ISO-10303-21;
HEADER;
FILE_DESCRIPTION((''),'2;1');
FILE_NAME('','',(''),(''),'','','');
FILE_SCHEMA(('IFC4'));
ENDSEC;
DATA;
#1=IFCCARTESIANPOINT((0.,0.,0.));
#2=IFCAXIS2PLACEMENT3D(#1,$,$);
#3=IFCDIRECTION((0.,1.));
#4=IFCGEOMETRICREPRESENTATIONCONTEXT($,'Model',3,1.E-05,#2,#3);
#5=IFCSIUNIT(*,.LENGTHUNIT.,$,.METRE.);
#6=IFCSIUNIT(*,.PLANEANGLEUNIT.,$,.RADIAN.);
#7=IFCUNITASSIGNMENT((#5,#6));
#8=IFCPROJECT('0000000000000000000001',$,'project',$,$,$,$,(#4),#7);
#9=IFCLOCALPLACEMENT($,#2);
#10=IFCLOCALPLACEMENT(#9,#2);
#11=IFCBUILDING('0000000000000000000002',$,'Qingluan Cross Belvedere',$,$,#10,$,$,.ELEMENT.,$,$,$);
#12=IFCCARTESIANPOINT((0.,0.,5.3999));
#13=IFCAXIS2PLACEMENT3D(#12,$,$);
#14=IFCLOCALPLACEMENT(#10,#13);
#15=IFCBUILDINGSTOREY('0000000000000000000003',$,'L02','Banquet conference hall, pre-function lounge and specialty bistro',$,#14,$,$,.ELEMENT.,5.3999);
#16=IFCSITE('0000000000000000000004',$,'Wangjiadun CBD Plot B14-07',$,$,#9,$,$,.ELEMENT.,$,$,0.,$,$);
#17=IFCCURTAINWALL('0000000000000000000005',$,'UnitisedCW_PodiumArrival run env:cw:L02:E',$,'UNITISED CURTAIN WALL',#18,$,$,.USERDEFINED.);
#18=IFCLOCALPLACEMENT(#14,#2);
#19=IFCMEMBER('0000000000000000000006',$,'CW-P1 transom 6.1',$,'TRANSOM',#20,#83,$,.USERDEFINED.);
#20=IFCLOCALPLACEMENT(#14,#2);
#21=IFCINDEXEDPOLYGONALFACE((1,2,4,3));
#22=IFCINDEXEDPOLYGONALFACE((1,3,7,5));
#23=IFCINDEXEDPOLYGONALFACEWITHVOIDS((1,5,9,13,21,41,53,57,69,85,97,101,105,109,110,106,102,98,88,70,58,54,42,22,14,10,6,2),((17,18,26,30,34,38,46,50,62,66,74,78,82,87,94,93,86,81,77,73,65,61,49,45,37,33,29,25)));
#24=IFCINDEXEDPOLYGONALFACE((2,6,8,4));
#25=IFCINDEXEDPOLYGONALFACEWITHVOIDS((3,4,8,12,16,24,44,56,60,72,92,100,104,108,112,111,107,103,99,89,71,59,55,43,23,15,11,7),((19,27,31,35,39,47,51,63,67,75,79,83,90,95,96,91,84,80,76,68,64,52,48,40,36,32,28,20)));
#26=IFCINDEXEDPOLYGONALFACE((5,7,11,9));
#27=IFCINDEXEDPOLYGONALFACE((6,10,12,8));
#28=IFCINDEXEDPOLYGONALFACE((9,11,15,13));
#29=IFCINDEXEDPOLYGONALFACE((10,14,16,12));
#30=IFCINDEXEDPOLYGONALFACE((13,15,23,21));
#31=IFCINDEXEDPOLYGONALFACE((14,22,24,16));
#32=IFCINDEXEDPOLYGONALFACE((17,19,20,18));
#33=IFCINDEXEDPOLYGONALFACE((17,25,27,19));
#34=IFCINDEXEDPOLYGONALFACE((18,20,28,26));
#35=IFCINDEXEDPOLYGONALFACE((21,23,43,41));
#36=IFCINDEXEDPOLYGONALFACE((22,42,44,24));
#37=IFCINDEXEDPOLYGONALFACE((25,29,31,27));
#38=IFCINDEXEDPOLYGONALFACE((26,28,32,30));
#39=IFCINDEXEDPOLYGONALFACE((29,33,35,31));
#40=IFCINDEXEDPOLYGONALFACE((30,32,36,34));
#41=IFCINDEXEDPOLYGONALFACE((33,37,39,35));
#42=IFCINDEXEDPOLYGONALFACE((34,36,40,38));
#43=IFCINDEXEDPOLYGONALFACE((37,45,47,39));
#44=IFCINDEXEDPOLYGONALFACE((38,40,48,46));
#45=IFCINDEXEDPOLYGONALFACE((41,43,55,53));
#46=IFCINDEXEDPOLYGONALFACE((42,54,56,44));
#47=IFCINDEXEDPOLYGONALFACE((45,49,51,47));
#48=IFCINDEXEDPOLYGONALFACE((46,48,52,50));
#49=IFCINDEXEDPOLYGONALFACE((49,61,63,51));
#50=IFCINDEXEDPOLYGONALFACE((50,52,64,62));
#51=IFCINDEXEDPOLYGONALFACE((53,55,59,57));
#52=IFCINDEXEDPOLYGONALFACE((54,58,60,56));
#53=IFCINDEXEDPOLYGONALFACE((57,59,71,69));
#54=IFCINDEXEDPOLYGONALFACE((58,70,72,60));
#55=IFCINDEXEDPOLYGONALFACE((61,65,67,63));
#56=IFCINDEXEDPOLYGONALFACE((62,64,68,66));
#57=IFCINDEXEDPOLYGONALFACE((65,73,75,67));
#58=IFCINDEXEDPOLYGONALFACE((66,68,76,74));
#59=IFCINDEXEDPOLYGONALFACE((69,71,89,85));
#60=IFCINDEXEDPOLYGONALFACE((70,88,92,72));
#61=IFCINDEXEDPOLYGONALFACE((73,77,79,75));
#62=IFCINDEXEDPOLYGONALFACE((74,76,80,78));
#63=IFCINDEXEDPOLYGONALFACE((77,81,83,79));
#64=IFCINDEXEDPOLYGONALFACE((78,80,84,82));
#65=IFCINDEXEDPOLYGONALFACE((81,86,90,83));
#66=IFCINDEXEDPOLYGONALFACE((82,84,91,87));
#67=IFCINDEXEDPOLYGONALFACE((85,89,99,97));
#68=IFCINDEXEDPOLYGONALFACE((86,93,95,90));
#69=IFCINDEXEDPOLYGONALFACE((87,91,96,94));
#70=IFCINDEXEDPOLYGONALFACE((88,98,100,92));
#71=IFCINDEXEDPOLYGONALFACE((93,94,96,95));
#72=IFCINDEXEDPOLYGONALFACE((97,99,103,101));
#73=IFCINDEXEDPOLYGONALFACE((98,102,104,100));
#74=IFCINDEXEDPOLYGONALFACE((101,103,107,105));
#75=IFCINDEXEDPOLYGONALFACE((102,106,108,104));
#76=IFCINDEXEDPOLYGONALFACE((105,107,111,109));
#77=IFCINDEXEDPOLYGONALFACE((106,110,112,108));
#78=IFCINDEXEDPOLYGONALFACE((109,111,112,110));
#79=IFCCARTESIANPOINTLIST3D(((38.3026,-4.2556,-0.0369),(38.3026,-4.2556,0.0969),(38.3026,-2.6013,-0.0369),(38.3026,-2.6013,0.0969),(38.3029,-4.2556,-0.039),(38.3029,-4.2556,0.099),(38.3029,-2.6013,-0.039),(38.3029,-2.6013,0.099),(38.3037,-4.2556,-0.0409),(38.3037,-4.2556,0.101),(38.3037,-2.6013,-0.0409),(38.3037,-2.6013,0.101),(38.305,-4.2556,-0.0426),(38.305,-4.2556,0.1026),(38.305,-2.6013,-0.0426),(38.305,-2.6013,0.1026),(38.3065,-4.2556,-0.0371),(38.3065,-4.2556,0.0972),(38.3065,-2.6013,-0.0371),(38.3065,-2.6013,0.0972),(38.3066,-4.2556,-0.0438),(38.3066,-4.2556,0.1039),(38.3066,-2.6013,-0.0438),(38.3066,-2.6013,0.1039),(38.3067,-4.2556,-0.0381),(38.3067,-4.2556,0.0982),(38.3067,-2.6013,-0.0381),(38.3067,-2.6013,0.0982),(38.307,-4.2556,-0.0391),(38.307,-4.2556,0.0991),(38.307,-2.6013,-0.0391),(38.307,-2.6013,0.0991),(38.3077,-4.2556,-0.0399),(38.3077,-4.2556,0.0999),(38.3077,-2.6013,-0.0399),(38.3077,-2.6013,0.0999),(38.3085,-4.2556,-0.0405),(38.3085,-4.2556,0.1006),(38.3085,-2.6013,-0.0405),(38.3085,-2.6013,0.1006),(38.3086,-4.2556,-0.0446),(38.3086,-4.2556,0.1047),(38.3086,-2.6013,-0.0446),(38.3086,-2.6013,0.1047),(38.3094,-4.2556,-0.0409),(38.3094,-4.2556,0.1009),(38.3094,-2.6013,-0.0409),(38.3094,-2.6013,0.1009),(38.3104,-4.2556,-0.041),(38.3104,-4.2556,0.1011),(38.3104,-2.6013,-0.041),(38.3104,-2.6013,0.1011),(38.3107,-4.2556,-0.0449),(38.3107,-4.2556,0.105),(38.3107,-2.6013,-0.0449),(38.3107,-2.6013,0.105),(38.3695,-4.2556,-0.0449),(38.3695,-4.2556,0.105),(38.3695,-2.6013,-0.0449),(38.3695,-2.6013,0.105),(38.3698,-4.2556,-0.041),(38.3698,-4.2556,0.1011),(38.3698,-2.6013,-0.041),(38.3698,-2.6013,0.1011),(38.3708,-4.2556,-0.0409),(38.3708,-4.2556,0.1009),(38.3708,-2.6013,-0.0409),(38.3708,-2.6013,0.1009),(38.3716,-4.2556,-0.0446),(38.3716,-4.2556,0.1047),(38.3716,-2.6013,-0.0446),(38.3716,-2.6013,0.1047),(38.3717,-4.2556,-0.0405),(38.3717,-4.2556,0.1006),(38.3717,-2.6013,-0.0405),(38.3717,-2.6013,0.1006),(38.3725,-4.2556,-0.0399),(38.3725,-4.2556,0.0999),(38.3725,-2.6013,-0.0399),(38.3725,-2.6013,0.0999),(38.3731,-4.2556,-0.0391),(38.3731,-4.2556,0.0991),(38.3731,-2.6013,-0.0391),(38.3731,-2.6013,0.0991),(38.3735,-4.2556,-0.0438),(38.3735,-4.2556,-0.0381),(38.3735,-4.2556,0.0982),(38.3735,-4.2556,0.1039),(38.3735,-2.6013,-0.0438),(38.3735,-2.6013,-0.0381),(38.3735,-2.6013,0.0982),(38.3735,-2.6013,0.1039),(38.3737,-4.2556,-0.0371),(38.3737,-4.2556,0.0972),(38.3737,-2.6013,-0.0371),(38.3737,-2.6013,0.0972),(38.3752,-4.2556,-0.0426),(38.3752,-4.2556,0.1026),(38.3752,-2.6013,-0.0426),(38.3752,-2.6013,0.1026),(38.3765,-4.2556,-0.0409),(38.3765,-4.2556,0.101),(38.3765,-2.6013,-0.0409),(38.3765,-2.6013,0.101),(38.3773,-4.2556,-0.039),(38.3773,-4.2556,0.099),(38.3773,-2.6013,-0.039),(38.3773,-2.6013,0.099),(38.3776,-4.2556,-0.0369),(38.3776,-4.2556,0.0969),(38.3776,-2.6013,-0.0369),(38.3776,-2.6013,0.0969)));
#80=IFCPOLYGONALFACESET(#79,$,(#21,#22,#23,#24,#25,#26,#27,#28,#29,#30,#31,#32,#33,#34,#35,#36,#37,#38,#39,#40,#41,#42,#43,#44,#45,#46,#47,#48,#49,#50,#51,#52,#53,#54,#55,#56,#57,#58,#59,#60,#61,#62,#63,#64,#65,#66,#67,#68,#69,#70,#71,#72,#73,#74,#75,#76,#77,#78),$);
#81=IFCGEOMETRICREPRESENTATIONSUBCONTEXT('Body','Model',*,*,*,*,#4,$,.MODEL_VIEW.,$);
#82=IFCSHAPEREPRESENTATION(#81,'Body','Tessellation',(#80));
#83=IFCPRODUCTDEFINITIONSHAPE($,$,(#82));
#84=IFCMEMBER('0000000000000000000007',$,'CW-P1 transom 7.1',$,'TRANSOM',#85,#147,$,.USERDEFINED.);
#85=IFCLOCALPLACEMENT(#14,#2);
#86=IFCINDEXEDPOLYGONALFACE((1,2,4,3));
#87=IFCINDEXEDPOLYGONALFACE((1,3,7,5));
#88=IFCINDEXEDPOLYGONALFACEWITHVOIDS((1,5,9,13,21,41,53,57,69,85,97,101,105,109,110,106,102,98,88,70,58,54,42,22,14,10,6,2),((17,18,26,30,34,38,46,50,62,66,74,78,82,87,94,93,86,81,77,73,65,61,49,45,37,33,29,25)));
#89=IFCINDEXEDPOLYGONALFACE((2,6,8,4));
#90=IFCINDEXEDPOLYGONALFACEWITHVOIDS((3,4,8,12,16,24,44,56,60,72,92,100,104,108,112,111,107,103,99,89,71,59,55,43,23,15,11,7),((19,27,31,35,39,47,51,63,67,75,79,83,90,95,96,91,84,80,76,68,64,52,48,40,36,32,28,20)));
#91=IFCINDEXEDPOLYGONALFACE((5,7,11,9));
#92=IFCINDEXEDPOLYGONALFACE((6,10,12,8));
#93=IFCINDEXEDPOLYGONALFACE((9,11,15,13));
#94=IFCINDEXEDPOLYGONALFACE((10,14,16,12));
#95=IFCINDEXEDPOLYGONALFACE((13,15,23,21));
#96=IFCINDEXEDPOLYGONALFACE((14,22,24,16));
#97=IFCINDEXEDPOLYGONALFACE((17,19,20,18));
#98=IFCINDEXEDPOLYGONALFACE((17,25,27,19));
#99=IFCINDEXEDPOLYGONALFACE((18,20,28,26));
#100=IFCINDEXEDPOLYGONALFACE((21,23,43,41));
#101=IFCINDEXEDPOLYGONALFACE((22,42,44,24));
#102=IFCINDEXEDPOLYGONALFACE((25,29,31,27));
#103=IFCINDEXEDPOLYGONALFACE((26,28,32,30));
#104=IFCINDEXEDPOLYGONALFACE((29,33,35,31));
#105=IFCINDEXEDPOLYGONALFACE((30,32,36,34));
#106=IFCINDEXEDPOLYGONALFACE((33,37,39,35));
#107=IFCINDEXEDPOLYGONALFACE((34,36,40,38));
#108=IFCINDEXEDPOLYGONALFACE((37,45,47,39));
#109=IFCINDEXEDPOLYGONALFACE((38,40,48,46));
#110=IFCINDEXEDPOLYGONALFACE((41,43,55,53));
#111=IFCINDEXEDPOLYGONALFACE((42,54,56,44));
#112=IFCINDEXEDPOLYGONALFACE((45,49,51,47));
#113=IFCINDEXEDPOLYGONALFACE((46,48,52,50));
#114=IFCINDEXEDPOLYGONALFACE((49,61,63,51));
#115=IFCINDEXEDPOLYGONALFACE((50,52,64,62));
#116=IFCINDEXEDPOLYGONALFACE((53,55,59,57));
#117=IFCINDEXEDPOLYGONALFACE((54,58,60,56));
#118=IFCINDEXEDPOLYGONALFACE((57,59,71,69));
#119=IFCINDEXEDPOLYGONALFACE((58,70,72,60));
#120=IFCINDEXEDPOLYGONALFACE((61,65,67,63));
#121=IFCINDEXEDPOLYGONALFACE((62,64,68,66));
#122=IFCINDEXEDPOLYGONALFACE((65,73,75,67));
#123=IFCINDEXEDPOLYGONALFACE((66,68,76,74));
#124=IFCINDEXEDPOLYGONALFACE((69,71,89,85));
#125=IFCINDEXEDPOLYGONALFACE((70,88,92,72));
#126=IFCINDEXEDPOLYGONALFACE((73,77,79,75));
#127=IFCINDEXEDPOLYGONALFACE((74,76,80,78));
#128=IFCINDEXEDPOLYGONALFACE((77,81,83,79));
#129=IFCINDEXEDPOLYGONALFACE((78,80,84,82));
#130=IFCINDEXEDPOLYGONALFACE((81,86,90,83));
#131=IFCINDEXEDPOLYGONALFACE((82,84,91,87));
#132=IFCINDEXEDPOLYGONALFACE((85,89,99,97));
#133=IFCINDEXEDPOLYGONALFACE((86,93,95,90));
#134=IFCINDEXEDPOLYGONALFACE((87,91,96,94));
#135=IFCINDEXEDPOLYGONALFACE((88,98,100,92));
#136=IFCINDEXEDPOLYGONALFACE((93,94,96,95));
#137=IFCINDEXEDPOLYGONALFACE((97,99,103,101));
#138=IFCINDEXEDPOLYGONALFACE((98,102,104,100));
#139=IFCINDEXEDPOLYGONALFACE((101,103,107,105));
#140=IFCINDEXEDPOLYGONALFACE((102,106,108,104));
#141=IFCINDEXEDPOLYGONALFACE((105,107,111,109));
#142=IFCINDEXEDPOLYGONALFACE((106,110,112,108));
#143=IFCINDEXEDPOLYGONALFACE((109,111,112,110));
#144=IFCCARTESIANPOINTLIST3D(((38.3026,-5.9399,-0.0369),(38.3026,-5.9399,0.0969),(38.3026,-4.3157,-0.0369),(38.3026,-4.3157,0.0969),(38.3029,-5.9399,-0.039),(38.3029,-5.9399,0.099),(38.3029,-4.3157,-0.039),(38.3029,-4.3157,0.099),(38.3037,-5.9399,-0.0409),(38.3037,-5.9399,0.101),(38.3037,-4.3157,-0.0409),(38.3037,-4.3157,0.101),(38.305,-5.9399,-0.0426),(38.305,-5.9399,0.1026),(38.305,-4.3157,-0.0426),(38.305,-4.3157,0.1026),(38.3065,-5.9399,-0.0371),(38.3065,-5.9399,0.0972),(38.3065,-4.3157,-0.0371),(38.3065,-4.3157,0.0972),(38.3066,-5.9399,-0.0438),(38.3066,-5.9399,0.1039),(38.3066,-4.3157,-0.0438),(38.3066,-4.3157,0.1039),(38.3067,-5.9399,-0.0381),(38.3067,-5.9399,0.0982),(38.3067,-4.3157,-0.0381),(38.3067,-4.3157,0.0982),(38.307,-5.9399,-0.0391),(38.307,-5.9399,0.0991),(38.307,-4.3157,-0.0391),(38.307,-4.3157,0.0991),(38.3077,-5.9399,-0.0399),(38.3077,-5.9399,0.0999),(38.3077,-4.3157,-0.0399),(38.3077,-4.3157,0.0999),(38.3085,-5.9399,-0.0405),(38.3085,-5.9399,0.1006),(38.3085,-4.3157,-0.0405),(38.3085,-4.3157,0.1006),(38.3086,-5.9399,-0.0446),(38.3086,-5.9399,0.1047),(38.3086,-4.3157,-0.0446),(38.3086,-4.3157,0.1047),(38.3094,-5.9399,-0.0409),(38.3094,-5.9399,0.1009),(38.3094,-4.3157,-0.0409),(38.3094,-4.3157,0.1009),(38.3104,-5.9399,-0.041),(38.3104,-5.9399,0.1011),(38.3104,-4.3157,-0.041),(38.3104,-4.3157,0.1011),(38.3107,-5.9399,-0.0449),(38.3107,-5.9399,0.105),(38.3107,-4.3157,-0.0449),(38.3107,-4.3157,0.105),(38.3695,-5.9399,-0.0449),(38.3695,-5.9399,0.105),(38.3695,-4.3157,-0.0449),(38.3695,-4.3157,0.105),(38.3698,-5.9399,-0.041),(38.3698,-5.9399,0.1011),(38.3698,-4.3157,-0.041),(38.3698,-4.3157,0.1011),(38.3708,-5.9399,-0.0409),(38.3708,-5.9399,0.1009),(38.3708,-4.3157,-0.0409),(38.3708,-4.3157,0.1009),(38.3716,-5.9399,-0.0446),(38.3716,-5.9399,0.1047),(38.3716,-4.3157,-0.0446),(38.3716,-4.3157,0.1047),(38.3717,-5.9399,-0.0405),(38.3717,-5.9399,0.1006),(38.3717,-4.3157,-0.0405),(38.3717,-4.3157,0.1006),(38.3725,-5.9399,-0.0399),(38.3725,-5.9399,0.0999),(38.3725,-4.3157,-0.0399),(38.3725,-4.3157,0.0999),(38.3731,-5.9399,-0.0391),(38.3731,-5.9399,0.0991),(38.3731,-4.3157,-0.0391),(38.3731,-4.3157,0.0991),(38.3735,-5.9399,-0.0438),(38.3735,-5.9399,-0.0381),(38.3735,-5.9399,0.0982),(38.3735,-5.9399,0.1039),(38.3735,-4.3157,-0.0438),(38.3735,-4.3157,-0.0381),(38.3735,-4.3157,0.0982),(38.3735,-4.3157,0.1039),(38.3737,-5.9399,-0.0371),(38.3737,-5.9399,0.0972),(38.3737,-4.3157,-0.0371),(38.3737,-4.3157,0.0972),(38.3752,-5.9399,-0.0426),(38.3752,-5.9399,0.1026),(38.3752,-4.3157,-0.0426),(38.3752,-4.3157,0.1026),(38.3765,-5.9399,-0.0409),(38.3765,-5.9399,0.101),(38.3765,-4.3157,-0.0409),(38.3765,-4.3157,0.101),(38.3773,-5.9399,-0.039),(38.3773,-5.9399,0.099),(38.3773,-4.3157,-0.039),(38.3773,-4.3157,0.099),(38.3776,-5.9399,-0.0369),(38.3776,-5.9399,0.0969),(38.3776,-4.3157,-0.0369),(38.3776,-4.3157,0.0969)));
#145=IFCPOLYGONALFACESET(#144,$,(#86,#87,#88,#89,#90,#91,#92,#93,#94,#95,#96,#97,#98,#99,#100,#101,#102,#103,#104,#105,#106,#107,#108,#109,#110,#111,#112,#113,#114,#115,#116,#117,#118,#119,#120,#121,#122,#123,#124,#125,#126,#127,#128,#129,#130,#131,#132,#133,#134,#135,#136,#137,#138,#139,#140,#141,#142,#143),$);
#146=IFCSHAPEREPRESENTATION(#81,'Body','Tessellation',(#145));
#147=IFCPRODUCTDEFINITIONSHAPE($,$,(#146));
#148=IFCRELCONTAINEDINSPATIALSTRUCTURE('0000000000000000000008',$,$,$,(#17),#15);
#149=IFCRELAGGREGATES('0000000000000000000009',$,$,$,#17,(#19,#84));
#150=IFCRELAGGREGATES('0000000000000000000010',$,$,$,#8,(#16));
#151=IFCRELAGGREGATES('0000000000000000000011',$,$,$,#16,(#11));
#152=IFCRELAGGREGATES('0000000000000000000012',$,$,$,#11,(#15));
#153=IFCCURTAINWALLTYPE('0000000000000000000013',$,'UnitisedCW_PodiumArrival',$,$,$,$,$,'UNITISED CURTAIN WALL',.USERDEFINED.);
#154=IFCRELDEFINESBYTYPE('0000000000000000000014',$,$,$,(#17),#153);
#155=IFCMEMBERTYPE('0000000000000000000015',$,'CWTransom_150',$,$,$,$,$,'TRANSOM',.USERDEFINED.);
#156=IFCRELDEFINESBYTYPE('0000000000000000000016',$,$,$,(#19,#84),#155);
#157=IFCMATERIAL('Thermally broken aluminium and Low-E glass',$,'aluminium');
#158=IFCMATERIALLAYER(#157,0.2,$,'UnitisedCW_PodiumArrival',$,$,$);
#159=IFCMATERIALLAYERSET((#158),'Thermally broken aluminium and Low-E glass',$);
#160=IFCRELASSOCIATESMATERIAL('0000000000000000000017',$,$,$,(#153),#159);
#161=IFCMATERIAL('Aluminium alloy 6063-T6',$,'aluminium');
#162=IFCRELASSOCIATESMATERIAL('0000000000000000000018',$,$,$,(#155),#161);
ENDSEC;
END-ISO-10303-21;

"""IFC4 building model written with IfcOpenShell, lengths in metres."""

from ifc_helpers import new_model, si_unit, direction, frame, origin, origin_2d, place, context, subcontext, project, spatial, hollow_rectangle, extrude, material, layer, layer_set, material_profile, profile_set, type_object, element, aggregate, save


model = new_model("IFC4")

# Units and contexts
model_context = context("Model", 3, precision=1e-05, world=origin(), true_north=direction((0.0, 1.0)))
body_context = subcontext(model_context, "Body", "Model", "MODEL_VIEW")
ifc_project = project(units=[si_unit("LENGTHUNIT", "METRE"), si_unit("PLANEANGLEUNIT", "RADIAN")], contexts=[model_context])

# Site, building, storey
site_placement = place(None, origin())
site = spatial("IfcSite", under=ifc_project, at=site_placement, Name="Wangjiadun CBD Plot B14-07", CompositionType="ELEMENT", RefElevation=0.0)
building_placement = place(site_placement, origin())
building = spatial("IfcBuilding", under=site, at=building_placement, Name="Qingluan Cross Belvedere", CompositionType="ELEMENT")
storey_placement = place(building_placement, frame((0.0, 0.0, 5.3999)))
storey = spatial("IfcBuildingStorey", under=building, at=storey_placement, Name="L02", Description="Banquet conference hall, pre-function lounge and specialty bistro", CompositionType="ELEMENT", Elevation=5.3999)

# Curtain wall, members
ifc_material_1 = material(Name="Thermally broken aluminium and Low-E glass", Category="aluminium")
ifc_layer_1 = layer(ifc_material_1, 0.2, Name="UnitisedCW_PodiumArrival")
ifc_layer_set_1 = layer_set([ifc_layer_1], Name="Thermally broken aluminium and Low-E glass")
curtain_wall_type = type_object("IfcCurtainWallType", Name="UnitisedCW_PodiumArrival", ElementType="UNITISED CURTAIN WALL", PredefinedType="USERDEFINED", material=ifc_layer_set_1)
curtain_wall_placement = place(storey_placement, origin())
curtain_wall = element("IfcCurtainWall", 1, at=curtain_wall_placement, inside=storey, type_object=curtain_wall_type, Name="UnitisedCW_PodiumArrival run env:cw:L02:E", ObjectType="UNITISED CURTAIN WALL", PredefinedType="USERDEFINED")
ifc_material_2 = material(Name="Aluminium alloy 6063-T6", Category="aluminium")
ifc_material_profile_1 = material_profile(ifc_material_2, hollow_rectangle(XDim=0.075, YDim=0.1499, WallThickness=0.0039, InnerFilletRadius=0.0039, OuterFilletRadius=0.0081, at=origin_2d()), Name="CWT150x75x4")
ifc_profile_set_1 = profile_set([ifc_material_profile_1], Name="Aluminium alloy 6063-T6")
member_type_1 = type_object("IfcMemberType", Name="CWTransom_150", ElementType="TRANSOM", PredefinedType="USERDEFINED", material=ifc_profile_set_1)
member_1_placement = place(storey_placement, frame((38.3401, -2.6013, 0.03), z_axis=(0.0, -1.0, 0.0), x_axis=(1.0, 0.0, 0.0)))
member_1 = element("IfcMember", 2, at=member_1_placement, type_object=member_type_1, Name="CW-P1 transom 6.1", ObjectType="TRANSOM", PredefinedType="USERDEFINED", context=body_context, shape_type="SweptSolid", body=[
    extrude(hollow_rectangle(XDim=0.075, YDim=0.1499, WallThickness=0.0039, InnerFilletRadius=0.0039, OuterFilletRadius=0.0081, at=origin_2d()), origin(), (0.0, 0.0, 1.0), 1.6543),
])
member_2_placement = place(storey_placement, frame((38.3401, -4.3157, 0.03), z_axis=(0.0, -1.0, 0.0), x_axis=(1.0, 0.0, 0.0)))
member_2 = element("IfcMember", 3, at=member_2_placement, type_object=member_type_1, Name="CW-P1 transom 7.1", ObjectType="TRANSOM", PredefinedType="USERDEFINED", context=body_context, shape_type="SweptSolid", body=[
    extrude(hollow_rectangle(XDim=0.075, YDim=0.1499, WallThickness=0.0039, InnerFilletRadius=0.0039, OuterFilletRadius=0.0081, at=origin_2d()), origin(), (0.0, 0.0, 1.0), 1.6243),
])

aggregate(curtain_wall, [member_1, member_2])

save(model, "model.ifc")
